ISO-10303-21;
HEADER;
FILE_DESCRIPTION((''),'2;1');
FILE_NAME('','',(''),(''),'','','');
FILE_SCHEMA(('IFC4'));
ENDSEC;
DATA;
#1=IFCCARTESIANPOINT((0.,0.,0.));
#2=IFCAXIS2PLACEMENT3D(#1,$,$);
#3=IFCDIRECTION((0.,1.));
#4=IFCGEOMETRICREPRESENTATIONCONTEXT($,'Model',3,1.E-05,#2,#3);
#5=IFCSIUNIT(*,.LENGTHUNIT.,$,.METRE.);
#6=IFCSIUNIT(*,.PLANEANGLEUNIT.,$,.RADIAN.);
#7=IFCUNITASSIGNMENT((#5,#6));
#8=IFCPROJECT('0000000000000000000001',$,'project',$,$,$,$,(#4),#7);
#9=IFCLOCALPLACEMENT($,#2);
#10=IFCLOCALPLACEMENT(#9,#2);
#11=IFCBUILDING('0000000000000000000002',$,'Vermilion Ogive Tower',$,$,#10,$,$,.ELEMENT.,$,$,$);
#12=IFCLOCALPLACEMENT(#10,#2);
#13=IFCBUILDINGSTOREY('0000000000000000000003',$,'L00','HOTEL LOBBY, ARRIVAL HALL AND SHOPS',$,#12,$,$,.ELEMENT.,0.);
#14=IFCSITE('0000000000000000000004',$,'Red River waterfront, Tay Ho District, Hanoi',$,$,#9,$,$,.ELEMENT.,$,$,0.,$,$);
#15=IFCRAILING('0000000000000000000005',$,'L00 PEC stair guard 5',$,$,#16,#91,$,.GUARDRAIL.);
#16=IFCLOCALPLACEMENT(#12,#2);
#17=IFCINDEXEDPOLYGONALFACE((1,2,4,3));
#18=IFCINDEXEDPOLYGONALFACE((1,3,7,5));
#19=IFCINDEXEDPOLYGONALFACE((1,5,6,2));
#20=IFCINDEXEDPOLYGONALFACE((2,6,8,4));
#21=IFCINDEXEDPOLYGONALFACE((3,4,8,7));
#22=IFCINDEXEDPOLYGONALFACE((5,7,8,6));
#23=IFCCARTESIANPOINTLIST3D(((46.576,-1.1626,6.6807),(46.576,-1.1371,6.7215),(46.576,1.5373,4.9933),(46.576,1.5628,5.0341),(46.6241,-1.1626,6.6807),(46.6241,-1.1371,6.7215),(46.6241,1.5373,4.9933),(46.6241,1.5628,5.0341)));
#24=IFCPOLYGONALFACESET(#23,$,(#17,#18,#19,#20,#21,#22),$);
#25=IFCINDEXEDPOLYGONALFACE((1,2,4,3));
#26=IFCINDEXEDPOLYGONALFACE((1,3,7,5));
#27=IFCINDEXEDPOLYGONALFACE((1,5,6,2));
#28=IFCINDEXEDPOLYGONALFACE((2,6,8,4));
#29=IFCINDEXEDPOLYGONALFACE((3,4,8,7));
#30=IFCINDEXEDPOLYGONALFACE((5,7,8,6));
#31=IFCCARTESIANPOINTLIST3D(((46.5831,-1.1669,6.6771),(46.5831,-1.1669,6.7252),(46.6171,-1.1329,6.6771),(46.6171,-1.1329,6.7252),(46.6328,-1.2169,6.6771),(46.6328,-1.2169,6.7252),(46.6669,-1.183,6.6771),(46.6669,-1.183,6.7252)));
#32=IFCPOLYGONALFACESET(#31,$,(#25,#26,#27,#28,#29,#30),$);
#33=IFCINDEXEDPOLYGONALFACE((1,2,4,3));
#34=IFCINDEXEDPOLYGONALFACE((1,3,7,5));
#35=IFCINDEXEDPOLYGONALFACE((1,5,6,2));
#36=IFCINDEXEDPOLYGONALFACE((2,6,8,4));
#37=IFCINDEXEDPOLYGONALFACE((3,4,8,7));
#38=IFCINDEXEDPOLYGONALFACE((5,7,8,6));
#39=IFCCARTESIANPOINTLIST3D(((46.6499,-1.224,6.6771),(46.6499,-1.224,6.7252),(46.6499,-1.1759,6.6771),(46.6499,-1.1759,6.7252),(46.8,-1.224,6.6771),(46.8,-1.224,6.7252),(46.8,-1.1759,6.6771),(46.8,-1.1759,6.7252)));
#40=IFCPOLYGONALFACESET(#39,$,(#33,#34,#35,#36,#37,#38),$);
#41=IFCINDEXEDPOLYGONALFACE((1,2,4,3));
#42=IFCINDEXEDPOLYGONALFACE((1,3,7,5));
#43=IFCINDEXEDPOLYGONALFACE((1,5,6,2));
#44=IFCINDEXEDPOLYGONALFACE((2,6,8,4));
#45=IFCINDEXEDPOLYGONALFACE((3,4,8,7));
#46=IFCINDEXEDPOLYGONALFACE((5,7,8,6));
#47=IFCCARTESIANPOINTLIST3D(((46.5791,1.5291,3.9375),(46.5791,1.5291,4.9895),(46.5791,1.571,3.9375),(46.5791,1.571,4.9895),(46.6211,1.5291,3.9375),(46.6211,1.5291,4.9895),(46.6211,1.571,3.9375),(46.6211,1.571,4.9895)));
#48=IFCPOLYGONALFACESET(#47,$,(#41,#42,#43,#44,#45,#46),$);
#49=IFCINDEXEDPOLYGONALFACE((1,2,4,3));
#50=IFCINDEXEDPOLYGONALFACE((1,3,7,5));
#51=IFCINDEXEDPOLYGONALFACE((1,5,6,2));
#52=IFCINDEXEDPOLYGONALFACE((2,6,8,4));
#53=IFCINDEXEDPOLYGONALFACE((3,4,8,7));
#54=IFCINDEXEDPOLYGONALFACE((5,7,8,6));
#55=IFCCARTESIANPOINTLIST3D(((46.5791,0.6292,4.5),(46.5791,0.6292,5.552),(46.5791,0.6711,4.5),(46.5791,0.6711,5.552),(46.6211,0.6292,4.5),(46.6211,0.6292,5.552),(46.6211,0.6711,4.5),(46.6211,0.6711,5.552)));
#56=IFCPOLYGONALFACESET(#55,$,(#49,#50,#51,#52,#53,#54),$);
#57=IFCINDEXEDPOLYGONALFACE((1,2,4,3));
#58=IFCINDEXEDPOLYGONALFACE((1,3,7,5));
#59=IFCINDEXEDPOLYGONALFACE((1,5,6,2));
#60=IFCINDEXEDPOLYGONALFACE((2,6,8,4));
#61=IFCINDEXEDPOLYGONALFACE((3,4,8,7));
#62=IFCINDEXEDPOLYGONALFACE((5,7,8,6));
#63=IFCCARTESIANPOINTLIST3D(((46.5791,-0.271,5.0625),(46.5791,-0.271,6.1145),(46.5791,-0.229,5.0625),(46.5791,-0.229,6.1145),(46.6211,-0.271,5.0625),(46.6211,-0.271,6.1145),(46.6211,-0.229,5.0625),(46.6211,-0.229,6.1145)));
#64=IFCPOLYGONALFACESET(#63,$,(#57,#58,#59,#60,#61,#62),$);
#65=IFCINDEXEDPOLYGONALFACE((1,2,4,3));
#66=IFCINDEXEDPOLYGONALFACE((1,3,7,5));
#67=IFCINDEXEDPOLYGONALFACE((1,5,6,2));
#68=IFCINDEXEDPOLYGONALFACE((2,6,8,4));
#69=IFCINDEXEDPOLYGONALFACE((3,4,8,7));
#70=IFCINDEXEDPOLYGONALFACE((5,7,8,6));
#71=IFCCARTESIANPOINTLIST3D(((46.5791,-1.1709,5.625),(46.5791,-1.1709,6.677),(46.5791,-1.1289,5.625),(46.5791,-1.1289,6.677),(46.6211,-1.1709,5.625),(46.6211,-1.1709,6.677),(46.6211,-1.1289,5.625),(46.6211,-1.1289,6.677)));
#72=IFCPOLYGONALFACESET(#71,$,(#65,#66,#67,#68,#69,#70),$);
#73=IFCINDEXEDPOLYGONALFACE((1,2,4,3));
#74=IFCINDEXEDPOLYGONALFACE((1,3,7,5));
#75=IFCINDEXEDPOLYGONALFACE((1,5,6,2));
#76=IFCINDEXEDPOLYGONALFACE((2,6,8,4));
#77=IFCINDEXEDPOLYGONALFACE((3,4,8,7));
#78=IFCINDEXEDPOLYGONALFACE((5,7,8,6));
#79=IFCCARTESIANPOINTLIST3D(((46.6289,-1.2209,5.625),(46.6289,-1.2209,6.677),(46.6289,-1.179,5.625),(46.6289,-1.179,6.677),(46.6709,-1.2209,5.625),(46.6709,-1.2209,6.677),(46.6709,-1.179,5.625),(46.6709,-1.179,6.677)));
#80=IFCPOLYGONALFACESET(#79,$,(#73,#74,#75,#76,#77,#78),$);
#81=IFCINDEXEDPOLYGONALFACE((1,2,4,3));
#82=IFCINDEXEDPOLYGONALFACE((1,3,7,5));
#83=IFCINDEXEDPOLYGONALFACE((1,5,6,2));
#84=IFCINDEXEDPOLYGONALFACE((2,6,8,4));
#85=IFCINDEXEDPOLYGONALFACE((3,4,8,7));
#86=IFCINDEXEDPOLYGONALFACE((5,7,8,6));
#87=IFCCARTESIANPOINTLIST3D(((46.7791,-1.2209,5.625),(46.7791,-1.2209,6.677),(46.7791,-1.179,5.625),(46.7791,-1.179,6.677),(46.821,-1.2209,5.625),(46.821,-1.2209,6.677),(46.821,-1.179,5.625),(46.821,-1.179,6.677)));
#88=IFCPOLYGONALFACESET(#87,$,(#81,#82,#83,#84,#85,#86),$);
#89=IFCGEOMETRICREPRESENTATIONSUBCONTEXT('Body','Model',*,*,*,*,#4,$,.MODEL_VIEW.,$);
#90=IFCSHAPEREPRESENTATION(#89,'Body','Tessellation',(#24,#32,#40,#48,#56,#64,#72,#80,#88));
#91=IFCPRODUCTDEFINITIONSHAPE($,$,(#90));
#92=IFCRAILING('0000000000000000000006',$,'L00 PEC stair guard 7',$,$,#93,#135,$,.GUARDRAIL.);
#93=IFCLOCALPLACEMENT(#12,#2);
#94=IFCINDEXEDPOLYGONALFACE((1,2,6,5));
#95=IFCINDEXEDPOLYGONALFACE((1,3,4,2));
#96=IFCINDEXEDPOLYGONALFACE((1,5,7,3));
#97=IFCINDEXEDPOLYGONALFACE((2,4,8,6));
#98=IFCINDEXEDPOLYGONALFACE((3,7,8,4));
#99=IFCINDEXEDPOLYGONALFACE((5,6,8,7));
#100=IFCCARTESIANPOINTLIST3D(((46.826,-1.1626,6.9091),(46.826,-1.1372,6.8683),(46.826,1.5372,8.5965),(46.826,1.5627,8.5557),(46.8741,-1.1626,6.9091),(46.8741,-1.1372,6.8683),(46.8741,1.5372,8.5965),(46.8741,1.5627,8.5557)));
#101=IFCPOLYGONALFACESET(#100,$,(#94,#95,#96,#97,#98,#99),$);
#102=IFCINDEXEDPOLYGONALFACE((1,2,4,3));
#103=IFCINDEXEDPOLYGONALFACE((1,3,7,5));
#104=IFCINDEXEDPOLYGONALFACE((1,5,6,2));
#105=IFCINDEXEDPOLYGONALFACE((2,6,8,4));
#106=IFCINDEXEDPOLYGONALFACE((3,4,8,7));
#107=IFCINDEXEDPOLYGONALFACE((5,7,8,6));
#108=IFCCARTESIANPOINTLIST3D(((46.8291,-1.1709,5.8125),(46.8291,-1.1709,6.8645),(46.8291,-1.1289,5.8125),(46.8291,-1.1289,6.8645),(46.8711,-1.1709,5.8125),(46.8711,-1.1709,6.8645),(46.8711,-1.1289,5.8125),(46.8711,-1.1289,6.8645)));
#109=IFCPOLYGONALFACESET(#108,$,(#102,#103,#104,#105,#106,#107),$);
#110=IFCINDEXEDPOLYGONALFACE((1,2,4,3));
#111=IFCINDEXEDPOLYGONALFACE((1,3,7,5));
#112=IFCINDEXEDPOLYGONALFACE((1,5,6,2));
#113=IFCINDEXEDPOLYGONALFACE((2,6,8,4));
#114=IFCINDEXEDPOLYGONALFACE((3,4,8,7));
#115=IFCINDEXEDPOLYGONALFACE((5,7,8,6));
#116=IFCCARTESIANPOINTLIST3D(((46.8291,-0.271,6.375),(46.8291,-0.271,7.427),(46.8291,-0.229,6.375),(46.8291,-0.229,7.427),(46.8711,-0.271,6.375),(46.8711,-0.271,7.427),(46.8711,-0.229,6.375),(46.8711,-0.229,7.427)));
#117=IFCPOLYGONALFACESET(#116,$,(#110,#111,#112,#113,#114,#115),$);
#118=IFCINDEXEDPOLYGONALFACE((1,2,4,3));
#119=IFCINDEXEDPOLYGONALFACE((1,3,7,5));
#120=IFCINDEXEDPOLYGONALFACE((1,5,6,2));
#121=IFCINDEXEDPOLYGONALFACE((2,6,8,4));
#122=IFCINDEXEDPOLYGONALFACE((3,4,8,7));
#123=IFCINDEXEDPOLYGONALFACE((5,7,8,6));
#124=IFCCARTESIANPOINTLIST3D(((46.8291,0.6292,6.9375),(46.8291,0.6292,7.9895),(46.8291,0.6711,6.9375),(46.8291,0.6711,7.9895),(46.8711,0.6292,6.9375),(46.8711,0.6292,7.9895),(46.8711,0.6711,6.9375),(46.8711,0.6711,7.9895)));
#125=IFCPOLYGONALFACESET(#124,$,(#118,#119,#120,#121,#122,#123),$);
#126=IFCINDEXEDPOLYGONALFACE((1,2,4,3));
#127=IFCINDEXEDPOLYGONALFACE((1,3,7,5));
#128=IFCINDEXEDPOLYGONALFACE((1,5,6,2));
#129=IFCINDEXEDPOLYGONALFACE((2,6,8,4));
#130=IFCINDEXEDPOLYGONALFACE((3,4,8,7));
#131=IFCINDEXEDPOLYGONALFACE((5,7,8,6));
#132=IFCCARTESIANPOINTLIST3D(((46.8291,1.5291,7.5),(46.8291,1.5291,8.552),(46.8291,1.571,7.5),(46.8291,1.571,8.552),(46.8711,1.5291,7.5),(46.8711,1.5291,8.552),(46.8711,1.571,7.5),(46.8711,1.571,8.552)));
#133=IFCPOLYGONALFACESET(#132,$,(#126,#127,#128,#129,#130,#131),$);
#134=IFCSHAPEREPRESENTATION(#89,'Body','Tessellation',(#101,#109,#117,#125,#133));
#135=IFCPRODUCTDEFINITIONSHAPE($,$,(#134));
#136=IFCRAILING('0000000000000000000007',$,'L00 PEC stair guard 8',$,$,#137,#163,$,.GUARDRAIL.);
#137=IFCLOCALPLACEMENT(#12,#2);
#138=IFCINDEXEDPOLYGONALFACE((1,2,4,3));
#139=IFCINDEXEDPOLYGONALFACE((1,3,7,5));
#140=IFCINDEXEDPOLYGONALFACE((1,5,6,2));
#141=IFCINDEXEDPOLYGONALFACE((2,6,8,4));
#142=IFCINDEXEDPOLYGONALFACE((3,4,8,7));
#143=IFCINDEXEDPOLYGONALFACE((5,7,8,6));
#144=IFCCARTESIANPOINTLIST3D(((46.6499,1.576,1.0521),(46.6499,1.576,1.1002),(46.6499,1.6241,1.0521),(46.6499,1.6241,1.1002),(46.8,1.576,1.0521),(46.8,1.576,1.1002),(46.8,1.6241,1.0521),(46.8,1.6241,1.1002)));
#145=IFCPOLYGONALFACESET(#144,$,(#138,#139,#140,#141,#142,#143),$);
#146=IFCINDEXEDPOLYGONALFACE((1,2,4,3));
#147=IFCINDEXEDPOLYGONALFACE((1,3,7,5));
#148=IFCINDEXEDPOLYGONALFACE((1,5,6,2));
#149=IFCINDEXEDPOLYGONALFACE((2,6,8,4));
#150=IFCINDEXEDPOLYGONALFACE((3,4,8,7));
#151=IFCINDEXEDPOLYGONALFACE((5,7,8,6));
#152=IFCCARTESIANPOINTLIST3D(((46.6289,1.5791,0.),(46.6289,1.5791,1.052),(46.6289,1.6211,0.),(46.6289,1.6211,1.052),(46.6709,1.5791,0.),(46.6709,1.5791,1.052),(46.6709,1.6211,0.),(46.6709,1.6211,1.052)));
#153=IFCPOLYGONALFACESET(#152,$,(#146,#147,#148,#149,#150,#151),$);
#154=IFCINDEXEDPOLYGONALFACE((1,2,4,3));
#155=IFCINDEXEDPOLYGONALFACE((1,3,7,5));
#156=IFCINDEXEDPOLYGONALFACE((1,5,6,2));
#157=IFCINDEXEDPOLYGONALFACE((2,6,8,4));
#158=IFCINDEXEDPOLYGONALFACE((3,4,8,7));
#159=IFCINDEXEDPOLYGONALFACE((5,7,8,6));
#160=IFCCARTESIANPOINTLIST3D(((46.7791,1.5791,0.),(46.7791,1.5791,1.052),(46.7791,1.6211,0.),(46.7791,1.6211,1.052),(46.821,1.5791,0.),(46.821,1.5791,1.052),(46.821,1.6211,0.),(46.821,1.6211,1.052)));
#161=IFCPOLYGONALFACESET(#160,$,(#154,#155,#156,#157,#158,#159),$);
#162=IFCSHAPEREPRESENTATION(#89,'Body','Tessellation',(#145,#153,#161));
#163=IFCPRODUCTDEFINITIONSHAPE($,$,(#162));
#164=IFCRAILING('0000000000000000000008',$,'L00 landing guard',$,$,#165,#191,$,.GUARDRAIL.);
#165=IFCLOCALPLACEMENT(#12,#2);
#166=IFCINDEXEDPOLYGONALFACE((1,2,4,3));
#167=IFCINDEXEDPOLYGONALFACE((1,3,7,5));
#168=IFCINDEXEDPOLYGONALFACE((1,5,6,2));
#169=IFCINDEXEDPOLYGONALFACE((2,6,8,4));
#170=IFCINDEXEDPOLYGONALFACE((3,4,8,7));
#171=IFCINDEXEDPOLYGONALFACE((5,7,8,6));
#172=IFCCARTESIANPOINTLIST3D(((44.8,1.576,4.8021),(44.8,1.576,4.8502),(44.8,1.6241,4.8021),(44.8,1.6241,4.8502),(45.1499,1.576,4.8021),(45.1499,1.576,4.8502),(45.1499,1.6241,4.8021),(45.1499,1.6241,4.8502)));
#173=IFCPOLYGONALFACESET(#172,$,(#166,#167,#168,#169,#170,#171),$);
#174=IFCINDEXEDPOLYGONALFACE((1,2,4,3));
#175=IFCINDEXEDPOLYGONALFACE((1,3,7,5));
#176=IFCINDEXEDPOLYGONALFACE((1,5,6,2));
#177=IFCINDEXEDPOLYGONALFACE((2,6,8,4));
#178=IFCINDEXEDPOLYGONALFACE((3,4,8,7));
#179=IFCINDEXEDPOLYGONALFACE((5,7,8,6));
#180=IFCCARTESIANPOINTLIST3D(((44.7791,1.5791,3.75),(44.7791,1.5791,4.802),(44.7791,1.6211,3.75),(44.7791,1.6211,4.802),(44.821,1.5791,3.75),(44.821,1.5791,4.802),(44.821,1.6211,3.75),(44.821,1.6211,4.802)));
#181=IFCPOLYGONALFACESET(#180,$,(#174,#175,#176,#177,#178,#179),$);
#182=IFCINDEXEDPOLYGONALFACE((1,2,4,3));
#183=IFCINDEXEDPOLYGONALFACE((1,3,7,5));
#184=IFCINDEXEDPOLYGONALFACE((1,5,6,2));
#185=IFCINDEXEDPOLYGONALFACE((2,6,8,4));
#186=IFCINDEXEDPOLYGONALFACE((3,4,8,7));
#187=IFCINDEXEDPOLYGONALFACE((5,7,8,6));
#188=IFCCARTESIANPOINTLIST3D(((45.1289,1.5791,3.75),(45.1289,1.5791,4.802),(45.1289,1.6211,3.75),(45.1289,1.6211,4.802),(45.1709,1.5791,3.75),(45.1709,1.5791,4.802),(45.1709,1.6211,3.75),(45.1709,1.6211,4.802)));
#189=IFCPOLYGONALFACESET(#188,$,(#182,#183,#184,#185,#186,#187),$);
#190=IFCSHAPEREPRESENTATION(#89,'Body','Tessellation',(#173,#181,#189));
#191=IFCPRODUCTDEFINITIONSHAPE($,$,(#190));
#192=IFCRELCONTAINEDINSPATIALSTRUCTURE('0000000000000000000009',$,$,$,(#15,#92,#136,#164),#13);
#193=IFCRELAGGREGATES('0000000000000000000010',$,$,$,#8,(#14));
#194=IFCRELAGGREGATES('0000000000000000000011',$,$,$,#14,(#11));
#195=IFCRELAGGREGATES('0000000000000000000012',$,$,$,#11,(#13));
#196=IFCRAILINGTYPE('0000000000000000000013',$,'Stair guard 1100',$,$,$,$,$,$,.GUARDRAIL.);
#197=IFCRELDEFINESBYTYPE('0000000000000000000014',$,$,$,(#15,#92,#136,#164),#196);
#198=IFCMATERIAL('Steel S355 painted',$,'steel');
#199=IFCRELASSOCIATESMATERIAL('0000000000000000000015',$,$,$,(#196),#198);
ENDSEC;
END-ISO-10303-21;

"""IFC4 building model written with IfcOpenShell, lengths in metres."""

from ifc_helpers import new_model, si_unit, direction, frame, origin, origin_2d, place, context, subcontext, project, spatial, rectangle, extrude, material, type_object, element, save


model = new_model("IFC4")

# Units and contexts
model_context = context("Model", 3, precision=1e-05, world=origin(), true_north=direction((0.0, 1.0)))
body_context = subcontext(model_context, "Body", "Model", "MODEL_VIEW")
ifc_project = project(units=[si_unit("LENGTHUNIT", "METRE"), si_unit("PLANEANGLEUNIT", "RADIAN")], contexts=[model_context])

# Site, building, storey
site_placement = place(None, origin())
site = spatial("IfcSite", under=ifc_project, at=site_placement, Name="Red River waterfront, Tay Ho District, Hanoi", CompositionType="ELEMENT", RefElevation=0.0)
building_placement = place(site_placement, origin())
building = spatial("IfcBuilding", under=site, at=building_placement, Name="Vermilion Ogive Tower", CompositionType="ELEMENT")
storey_placement = place(building_placement, origin())
storey = spatial("IfcBuildingStorey", under=building, at=storey_placement, Name="L00", Description="HOTEL LOBBY, ARRIVAL HALL AND SHOPS", CompositionType="ELEMENT", Elevation=0.0)

# Railings
ifc_material_1 = material(Name="Steel S355 painted", Category="steel")
railing_type_1 = type_object("IfcRailingType", Name="Stair guard 1100", PredefinedType="GUARDRAIL", material=ifc_material_1)
railing_1_placement = place(storey_placement, frame((46.6001, 1.55, 3.9375)))
element("IfcRailing", 1, at=railing_1_placement, inside=storey, type_object=railing_type_1, Name="L00 PEC stair guard 5", PredefinedType="GUARDRAIL", context=body_context, shape_type="SweptSolid", body=[
    extrude(rectangle(XDim=0.0481, YDim=0.0481, at=origin_2d()), frame((0.0, 0.0, 1.0762), z_axis=(0.0, -0.847994, 0.530006), x_axis=(1.0, 0.0, 0.0)), (0.0, 0.0, 1.0), 3.1838),
    extrude(rectangle(XDim=0.0481, YDim=0.0481, at=origin_2d()), frame((0.0, -2.7, 2.7637), z_axis=(0.705376, -0.708834, 0.0), x_axis=(0.708834, 0.705376, 0.0)), (0.0, 0.0, 1.0), 0.0706),
    extrude(rectangle(XDim=0.0481, YDim=0.0481, at=origin_2d()), frame((0.0498, -2.75, 2.7637), z_axis=(1.0, 0.0, 0.0), x_axis=(0.0, 1.0, 0.0)), (0.0, 0.0, 1.0), 0.1501),
    extrude(rectangle(XDim=0.042, YDim=0.042, at=origin_2d()), origin(), (0.0, 0.0, 1.0), 1.052),
    extrude(rectangle(XDim=0.042, YDim=0.042, at=origin_2d()), frame((0.0, -0.8999, 0.5625)), (0.0, 0.0, 1.0), 1.052),
    extrude(rectangle(XDim=0.042, YDim=0.042, at=origin_2d()), frame((0.0, -1.8, 1.125)), (0.0, 0.0, 1.0), 1.052),
    extrude(rectangle(XDim=0.042, YDim=0.042, at=origin_2d()), frame((0.0, -2.7, 1.6875)), (0.0, 0.0, 1.0), 1.052),
    extrude(rectangle(XDim=0.042, YDim=0.042, at=origin_2d()), frame((0.0498, -2.75, 1.6875)), (0.0, 0.0, 1.0), 1.052),
    extrude(rectangle(XDim=0.042, YDim=0.042, at=origin_2d()), frame((0.2, -2.75, 1.6875)), (0.0, 0.0, 1.0), 1.052),
])
railing_2_placement = place(storey_placement, frame((46.8501, -1.1499, 5.8125)))
element("IfcRailing", 2, at=railing_2_placement, inside=storey, type_object=railing_type_1, Name="L00 PEC stair guard 7", PredefinedType="GUARDRAIL", context=body_context, shape_type="SweptSolid", body=[
    extrude(rectangle(XDim=0.0481, YDim=0.0481, at=origin_2d()), frame((0.0, 0.0, 1.0762), z_axis=(0.0, 0.847994, 0.530006), x_axis=(-1.0, 0.0, 0.0)), (0.0, 0.0, 1.0), 3.1838),
    extrude(rectangle(XDim=0.042, YDim=0.042, at=origin_2d()), origin(), (0.0, 0.0, 1.0), 1.052),
    extrude(rectangle(XDim=0.042, YDim=0.042, at=origin_2d()), frame((0.0, 0.8999, 0.5625)), (0.0, 0.0, 1.0), 1.052),
    extrude(rectangle(XDim=0.042, YDim=0.042, at=origin_2d()), frame((0.0, 1.8, 1.125)), (0.0, 0.0, 1.0), 1.052),
    extrude(rectangle(XDim=0.042, YDim=0.042, at=origin_2d()), frame((0.0, 2.7, 1.6875)), (0.0, 0.0, 1.0), 1.052),
])
railing_3_placement = place(storey_placement, frame((46.6499, 1.6001, 0.0)))
element("IfcRailing", 3, at=railing_3_placement, inside=storey, type_object=railing_type_1, Name="L00 PEC stair guard 8", PredefinedType="GUARDRAIL", context=body_context, shape_type="SweptSolid", body=[
    extrude(rectangle(XDim=0.0481, YDim=0.0481, at=origin_2d()), frame((0.0, 0.0, 1.0762), z_axis=(1.0, 0.0, 0.0), x_axis=(0.0, 1.0, 0.0)), (0.0, 0.0, 1.0), 0.1501),
    extrude(rectangle(XDim=0.042, YDim=0.042, at=origin_2d()), origin(), (0.0, 0.0, 1.0), 1.052),
    extrude(rectangle(XDim=0.042, YDim=0.042, at=origin_2d()), frame((0.1501, 0.0, 0.0)), (0.0, 0.0, 1.0), 1.052),
])
railing_4_placement = place(storey_placement, frame((44.8, 1.6001, 3.75)))
element("IfcRailing", 4, at=railing_4_placement, inside=storey, type_object=railing_type_1, Name="L00 landing guard", PredefinedType="GUARDRAIL", context=body_context, shape_type="SweptSolid", body=[
    extrude(rectangle(XDim=0.0481, YDim=0.0481, at=origin_2d()), frame((0.0, 0.0, 1.0762), z_axis=(1.0, 0.0, 0.0), x_axis=(0.0, 1.0, 0.0)), (0.0, 0.0, 1.0), 0.3499),
    extrude(rectangle(XDim=0.042, YDim=0.042, at=origin_2d()), origin(), (0.0, 0.0, 1.0), 1.052),
    extrude(rectangle(XDim=0.042, YDim=0.042, at=origin_2d()), frame((0.3499, 0.0, 0.0)), (0.0, 0.0, 1.0), 1.052),
])

save(model, "model.ifc")
